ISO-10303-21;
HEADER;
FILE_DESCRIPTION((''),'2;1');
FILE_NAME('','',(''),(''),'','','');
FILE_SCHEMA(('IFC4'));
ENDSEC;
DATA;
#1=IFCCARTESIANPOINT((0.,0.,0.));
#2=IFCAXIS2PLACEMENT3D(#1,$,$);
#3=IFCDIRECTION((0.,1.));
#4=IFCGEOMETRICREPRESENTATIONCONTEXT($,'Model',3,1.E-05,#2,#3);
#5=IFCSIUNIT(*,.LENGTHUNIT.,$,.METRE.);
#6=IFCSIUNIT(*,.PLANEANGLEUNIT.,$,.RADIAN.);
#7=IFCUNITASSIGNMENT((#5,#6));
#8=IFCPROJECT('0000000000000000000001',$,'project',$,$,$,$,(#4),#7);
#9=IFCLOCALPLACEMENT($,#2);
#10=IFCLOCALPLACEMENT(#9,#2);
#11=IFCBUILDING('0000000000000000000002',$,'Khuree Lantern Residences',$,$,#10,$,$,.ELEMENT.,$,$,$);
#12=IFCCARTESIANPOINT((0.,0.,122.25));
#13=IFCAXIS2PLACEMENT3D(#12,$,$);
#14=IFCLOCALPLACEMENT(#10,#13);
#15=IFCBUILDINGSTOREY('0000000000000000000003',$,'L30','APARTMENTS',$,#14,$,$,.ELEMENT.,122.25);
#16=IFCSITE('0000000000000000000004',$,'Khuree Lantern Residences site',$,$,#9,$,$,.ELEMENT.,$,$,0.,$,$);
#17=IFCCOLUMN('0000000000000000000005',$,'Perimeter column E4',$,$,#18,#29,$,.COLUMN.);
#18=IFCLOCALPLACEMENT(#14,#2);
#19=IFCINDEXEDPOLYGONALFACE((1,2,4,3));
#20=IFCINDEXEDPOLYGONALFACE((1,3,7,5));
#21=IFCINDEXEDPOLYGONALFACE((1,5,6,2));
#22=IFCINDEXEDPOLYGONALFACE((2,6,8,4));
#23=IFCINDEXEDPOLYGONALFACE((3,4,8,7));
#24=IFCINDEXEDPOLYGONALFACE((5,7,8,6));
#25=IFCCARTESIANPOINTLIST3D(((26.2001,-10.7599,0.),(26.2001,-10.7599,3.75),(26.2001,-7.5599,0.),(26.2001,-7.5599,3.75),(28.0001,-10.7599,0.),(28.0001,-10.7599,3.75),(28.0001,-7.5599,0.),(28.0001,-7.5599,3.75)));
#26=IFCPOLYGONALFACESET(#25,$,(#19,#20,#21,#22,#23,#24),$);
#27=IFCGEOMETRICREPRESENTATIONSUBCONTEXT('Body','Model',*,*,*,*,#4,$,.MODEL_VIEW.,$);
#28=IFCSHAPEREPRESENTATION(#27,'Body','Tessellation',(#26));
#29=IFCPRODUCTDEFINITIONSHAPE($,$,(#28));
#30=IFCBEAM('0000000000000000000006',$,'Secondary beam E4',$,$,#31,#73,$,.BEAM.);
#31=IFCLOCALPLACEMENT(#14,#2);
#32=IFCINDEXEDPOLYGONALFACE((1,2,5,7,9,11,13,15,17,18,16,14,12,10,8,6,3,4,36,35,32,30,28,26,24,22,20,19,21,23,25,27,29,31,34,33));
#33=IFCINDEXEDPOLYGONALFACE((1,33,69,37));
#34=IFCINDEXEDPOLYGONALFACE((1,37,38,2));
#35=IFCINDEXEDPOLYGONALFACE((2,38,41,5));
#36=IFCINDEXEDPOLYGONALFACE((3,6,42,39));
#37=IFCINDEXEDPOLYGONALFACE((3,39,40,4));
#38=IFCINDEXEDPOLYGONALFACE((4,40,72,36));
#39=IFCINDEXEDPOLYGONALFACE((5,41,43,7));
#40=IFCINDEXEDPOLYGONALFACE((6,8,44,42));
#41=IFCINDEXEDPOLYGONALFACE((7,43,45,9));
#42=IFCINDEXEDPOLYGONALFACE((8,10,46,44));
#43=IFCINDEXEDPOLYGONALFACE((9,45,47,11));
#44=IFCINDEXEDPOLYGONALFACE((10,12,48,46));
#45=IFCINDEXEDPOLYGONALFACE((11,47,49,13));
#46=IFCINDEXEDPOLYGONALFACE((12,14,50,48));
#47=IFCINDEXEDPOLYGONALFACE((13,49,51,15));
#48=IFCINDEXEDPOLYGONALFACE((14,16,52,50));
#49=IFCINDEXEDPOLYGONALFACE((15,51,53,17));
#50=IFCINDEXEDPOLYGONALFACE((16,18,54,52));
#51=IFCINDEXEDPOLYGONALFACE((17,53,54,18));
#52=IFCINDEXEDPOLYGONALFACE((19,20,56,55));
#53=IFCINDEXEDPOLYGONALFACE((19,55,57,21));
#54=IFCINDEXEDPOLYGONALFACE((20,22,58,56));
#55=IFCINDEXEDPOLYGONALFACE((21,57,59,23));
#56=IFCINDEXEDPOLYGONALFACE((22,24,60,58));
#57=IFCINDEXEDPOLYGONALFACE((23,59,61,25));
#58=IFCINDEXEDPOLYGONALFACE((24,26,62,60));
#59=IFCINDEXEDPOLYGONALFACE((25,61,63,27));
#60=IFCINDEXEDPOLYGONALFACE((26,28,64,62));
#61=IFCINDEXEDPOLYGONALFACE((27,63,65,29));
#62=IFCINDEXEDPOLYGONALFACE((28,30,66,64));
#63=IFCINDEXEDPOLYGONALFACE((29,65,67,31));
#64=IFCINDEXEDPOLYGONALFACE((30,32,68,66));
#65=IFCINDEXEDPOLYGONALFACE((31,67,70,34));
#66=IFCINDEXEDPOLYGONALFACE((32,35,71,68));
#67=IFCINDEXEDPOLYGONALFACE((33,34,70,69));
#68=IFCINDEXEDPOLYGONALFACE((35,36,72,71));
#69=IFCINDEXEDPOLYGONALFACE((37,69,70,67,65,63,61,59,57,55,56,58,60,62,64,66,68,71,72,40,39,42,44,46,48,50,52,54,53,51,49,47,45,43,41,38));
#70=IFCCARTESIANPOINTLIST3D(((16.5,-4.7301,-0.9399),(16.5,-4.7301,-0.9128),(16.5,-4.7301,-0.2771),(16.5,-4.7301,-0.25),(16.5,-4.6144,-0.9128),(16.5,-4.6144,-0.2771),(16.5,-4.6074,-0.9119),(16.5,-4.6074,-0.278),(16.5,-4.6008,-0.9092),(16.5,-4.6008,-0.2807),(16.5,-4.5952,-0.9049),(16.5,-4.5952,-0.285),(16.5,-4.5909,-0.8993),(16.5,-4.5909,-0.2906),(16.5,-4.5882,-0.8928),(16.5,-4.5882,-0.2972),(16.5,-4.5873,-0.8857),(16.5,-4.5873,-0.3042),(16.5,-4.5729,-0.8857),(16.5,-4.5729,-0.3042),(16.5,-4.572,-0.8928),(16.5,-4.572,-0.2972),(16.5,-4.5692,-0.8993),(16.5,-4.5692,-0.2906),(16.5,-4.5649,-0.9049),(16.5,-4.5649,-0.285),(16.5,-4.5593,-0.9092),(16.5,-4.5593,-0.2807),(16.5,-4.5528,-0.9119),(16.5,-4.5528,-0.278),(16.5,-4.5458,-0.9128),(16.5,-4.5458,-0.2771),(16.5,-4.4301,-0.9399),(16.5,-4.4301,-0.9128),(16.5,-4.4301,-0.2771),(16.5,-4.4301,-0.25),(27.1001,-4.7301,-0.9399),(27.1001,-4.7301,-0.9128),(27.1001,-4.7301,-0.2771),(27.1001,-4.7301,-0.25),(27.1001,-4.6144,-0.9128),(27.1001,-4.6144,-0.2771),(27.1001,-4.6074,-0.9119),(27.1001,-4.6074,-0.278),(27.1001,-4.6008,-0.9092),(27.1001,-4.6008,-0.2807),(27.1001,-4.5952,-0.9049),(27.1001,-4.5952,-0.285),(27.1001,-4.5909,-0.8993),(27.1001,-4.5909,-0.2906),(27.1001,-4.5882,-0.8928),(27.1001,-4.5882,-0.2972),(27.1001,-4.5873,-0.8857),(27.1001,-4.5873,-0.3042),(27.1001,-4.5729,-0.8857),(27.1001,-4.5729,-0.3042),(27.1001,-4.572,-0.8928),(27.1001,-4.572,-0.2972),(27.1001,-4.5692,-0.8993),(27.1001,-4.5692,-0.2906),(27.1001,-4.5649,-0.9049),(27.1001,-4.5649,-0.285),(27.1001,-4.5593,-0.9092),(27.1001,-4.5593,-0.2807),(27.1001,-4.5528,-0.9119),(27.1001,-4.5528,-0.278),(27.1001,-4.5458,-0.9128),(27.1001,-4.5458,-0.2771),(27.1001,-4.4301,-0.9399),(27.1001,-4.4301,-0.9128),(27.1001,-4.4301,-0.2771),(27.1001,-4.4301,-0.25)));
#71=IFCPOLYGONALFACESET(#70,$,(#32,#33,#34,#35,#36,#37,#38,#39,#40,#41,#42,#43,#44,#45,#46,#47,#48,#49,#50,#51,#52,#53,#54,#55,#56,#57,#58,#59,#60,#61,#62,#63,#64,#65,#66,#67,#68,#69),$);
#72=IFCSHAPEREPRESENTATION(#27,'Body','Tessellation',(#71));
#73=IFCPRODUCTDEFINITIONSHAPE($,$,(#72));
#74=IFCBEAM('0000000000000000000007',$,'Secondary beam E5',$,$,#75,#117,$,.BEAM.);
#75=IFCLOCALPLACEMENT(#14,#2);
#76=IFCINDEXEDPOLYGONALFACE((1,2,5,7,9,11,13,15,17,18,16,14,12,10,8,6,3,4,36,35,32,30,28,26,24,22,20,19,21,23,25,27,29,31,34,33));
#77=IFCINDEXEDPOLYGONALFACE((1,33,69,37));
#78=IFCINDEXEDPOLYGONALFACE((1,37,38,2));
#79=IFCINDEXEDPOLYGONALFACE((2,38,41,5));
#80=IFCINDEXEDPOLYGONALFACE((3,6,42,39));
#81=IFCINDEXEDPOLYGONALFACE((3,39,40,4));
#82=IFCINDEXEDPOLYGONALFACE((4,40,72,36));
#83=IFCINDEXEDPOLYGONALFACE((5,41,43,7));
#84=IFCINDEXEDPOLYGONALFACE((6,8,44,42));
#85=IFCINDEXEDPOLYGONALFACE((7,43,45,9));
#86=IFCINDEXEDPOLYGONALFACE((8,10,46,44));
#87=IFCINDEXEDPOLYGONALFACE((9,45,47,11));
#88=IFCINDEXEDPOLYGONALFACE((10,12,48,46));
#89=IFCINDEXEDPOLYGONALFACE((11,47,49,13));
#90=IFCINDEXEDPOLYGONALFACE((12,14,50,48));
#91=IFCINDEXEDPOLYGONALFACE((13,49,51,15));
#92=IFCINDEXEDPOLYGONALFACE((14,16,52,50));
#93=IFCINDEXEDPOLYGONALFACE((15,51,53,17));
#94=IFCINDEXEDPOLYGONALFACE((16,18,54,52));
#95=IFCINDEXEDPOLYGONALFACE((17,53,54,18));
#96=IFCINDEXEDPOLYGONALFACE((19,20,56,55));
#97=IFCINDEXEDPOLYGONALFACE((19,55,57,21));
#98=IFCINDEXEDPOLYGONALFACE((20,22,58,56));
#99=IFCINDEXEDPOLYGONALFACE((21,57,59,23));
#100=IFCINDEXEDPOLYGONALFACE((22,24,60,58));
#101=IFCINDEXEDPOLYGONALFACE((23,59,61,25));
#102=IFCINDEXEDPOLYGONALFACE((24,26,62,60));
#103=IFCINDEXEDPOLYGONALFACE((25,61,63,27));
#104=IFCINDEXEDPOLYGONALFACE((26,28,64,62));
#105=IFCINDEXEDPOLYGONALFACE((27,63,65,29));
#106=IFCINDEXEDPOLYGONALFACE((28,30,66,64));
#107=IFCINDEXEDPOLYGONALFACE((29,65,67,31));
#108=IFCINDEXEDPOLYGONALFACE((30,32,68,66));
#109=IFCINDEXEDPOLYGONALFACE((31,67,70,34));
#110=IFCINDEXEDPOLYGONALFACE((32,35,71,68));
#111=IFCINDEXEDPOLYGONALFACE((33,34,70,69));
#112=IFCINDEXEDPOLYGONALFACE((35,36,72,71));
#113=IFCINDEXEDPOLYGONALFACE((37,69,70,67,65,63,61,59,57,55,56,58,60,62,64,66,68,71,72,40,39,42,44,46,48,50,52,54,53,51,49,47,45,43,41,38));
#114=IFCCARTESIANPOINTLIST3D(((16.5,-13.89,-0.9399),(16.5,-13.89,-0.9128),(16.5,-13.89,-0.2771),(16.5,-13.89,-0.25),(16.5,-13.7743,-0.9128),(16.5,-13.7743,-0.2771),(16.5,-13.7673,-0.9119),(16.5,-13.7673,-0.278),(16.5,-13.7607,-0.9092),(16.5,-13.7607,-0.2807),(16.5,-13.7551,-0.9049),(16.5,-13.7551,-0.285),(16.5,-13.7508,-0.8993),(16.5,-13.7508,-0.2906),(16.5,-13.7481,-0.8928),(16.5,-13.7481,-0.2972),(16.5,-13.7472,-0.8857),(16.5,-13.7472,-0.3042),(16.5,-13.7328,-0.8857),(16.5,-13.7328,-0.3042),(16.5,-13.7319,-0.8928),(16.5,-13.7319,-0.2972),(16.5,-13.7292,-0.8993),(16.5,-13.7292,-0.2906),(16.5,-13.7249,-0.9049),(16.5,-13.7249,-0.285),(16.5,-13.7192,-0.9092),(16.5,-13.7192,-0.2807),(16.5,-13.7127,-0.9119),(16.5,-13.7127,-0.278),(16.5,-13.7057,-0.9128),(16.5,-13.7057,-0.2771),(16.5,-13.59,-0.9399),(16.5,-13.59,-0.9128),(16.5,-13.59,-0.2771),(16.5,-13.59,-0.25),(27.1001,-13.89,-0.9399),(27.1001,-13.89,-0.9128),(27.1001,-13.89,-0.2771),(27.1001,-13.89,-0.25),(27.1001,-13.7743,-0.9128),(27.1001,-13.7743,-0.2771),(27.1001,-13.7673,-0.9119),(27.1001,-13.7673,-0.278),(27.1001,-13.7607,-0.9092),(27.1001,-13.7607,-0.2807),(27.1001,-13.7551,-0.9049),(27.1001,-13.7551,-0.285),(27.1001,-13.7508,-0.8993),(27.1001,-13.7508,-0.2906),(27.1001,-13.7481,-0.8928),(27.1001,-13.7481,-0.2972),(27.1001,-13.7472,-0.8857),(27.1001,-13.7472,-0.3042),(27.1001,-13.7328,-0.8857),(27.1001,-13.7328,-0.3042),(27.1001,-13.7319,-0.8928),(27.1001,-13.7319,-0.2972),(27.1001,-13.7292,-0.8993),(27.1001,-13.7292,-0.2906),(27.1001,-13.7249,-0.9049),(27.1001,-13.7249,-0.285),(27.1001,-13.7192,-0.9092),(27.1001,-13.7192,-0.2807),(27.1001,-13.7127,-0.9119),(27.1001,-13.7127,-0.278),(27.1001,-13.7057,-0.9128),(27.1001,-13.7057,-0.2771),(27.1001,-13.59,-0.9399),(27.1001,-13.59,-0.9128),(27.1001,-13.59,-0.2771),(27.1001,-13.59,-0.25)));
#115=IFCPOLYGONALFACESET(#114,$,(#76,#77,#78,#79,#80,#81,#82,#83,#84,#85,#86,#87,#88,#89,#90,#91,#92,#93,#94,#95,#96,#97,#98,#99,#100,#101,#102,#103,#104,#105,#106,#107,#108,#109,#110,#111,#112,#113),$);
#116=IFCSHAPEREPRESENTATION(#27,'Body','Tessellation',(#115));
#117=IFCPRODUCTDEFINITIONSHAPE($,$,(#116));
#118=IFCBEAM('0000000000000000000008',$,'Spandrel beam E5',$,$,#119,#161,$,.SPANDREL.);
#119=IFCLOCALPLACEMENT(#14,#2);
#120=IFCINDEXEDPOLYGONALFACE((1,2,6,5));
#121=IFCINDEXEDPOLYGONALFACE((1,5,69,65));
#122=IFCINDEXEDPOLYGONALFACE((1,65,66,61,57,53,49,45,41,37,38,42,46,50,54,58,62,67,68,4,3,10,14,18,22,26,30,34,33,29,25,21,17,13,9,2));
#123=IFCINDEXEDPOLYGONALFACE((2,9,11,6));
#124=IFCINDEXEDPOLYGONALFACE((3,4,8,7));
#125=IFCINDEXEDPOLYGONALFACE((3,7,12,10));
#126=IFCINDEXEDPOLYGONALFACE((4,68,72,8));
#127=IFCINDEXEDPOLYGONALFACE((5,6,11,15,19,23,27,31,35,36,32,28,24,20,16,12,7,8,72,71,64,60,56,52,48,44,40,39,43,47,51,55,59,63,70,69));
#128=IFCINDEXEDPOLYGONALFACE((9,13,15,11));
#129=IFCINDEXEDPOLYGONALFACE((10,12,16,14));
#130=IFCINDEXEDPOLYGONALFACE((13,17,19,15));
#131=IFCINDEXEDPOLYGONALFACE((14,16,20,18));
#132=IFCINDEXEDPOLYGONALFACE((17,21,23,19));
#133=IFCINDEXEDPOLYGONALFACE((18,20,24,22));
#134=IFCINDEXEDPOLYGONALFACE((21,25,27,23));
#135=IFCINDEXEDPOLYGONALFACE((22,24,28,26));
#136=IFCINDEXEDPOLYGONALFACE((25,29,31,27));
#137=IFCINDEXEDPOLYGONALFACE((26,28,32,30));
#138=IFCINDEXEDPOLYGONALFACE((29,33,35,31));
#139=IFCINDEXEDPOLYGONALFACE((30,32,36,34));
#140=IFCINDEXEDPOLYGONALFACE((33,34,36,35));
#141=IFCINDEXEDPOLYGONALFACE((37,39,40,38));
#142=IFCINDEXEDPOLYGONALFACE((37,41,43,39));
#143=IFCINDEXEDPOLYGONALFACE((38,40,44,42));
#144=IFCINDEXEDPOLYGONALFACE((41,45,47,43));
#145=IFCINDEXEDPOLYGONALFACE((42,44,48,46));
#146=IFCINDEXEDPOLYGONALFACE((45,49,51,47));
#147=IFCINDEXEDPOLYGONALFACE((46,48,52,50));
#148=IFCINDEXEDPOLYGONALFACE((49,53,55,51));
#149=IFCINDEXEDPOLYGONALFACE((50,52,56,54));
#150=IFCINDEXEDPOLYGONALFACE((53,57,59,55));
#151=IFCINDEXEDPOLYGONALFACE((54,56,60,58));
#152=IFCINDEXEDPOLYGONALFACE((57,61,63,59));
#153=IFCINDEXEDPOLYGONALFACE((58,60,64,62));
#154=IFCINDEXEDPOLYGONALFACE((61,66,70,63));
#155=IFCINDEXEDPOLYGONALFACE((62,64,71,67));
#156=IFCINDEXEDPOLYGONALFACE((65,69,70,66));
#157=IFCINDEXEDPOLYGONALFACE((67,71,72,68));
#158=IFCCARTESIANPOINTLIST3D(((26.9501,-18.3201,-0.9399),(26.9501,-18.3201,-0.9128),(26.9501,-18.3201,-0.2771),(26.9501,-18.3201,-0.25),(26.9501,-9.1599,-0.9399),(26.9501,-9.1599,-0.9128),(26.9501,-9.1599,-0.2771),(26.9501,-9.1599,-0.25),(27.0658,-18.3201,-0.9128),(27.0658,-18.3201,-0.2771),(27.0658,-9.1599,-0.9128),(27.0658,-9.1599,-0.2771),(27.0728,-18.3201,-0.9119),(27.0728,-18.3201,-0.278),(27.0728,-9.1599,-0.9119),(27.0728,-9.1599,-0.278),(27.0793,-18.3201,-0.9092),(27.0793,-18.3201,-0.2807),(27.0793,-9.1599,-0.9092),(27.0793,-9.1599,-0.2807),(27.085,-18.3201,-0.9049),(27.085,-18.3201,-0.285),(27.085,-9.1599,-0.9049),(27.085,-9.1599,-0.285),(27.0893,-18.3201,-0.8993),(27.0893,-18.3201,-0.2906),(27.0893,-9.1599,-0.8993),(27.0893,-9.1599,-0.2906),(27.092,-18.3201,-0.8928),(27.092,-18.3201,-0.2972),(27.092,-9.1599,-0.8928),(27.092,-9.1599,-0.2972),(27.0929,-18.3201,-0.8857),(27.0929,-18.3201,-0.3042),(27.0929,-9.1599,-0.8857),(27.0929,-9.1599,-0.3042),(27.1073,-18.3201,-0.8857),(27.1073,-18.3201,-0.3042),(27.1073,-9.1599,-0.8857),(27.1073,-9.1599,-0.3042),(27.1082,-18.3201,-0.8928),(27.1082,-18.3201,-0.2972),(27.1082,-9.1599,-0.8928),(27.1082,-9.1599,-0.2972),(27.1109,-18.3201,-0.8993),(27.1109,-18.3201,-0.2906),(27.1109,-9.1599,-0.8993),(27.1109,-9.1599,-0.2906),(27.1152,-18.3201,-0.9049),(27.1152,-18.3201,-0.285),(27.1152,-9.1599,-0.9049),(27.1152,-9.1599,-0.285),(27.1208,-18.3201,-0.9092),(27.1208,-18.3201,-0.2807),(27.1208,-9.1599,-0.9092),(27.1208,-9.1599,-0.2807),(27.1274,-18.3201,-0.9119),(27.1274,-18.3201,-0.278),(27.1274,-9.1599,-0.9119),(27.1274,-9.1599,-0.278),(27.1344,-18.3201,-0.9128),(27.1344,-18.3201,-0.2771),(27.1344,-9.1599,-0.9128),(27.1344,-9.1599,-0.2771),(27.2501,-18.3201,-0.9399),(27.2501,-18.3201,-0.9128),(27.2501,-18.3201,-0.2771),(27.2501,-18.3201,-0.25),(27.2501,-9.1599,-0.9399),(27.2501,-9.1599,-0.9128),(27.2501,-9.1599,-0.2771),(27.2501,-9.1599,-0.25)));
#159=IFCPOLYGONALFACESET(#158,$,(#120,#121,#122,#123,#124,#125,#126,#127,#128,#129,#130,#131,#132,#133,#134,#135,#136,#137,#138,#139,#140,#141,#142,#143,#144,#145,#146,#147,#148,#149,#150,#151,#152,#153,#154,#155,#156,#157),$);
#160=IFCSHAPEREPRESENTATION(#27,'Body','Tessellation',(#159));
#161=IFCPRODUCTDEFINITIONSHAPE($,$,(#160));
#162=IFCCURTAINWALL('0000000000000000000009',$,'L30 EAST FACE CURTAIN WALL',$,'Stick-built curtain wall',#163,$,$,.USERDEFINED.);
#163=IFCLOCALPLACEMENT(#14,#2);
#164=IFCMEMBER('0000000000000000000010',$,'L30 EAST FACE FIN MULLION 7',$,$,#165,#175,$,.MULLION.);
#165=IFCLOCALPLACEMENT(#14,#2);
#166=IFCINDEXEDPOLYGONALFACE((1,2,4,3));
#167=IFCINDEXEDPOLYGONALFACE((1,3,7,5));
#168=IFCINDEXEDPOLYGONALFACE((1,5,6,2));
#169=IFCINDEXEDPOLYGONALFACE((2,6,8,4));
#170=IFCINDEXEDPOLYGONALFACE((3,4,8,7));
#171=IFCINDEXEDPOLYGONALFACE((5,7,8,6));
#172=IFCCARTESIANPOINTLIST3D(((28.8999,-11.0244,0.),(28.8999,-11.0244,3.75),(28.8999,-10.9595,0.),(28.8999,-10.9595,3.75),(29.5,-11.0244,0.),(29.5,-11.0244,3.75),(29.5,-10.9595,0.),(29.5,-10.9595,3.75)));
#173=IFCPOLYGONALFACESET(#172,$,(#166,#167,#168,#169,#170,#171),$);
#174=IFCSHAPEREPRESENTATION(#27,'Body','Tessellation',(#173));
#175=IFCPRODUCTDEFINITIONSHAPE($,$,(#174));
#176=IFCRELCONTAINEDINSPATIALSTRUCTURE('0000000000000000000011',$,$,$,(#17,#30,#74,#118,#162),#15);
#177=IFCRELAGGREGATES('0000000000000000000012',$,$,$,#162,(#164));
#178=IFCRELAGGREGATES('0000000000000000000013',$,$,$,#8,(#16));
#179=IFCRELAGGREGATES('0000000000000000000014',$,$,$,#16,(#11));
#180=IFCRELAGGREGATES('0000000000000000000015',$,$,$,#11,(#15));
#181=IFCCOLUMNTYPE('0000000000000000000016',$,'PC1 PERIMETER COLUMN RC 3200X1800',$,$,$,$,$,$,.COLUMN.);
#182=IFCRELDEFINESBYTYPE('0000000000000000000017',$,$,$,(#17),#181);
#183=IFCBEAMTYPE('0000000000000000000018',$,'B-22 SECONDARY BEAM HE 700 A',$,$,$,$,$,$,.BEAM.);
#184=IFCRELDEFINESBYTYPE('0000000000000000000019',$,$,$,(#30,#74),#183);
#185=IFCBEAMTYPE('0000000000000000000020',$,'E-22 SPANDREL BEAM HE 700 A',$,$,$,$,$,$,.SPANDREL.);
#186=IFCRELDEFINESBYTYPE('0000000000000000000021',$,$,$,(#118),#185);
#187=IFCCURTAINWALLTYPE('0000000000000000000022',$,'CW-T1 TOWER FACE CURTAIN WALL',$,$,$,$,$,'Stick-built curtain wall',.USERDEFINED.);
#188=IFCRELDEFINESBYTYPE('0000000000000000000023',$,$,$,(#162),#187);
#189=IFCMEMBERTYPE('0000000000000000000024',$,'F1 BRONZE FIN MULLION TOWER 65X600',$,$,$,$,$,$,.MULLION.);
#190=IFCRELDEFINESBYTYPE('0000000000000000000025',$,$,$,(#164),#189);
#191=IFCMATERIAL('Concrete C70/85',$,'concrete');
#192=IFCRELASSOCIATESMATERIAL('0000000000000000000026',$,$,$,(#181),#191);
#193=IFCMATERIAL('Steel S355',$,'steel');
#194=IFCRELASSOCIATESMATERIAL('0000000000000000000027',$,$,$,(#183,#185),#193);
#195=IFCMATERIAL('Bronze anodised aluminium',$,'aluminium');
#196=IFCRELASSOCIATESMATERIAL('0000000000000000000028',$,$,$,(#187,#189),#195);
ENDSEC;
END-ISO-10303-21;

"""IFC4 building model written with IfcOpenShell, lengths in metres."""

from ifc_helpers import new_model, si_unit, direction, frame, origin, origin_2d, place, context, subcontext, project, spatial, rectangle, i_section, extrude, material, material_profile, profile_set, type_object, element, aggregate, save


model = new_model("IFC4")

# Units and contexts
model_context = context("Model", 3, precision=1e-05, world=origin(), true_north=direction((0.0, 1.0)))
body_context = subcontext(model_context, "Body", "Model", "MODEL_VIEW")
ifc_project = project(units=[si_unit("LENGTHUNIT", "METRE"), si_unit("PLANEANGLEUNIT", "RADIAN")], contexts=[model_context])

# Site, building, storey
site_placement = place(None, origin())
site = spatial("IfcSite", under=ifc_project, at=site_placement, Name="Khuree Lantern Residences site", CompositionType="ELEMENT", RefElevation=0.0)
building_placement = place(site_placement, origin())
building = spatial("IfcBuilding", under=site, at=building_placement, Name="Khuree Lantern Residences", CompositionType="ELEMENT")
storey_placement = place(building_placement, frame((0.0, 0.0, 122.25)))
storey = spatial("IfcBuildingStorey", under=building, at=storey_placement, Name="L30", Description="APARTMENTS", CompositionType="ELEMENT", Elevation=122.25)

# Column
ifc_material_1 = material(Name="Concrete C70/85", Category="concrete")
ifc_material_profile_1 = material_profile(ifc_material_1, rectangle(XDim=3.2, YDim=1.8, at=origin_2d()), Name="RC 3200X1800")
ifc_profile_set_1 = profile_set([ifc_material_profile_1], Name="Concrete C70/85")
column_type = type_object("IfcColumnType", Name="PC1 PERIMETER COLUMN RC 3200X1800", PredefinedType="COLUMN", material=ifc_profile_set_1)
column_placement = place(storey_placement, frame((27.1001, -9.1599, 0.0), z_axis=(0.0, 0.0, 1.0), x_axis=(0.0, 1.0, 0.0)))
element("IfcColumn", 1, at=column_placement, inside=storey, type_object=column_type, Name="Perimeter column E4", PredefinedType="COLUMN", context=body_context, shape_type="SweptSolid", body=[
    extrude(rectangle(XDim=3.2, YDim=1.8, at=origin_2d()), origin(), (0.0, 0.0, 1.0), 3.75),
])

# Beams
ifc_material_2 = material(Name="Steel S355", Category="steel")
ifc_material_profile_2 = material_profile(ifc_material_2, i_section(OverallWidth=0.3, OverallDepth=0.6899, WebThickness=0.0144, FlangeThickness=0.0271, FilletRadius=0.0271, at=origin_2d()), Name="HE 700 A")
ifc_profile_set_2 = profile_set([ifc_material_profile_2], Name="Steel S355")
beam_type_1 = type_object("IfcBeamType", Name="B-22 SECONDARY BEAM HE 700 A", PredefinedType="BEAM", material=ifc_profile_set_2)
for number, where, z_axis, x_axis, name in (
    (2, (27.1001, -4.5801, -0.595), (-1.0, 0.0, 0.0), (0.0, -1.0, 0.0), "Secondary beam E4"),
    (3, (27.1001, -13.74, -0.595), (-1.0, 0.0, 0.0), (0.0, -1.0, 0.0), "Secondary beam E5"),
):
    element("IfcBeam", number, at=place(storey_placement, frame(where, z_axis=z_axis, x_axis=x_axis)), inside=storey, type_object=beam_type_1, Name=name, PredefinedType="BEAM", context=body_context, shape_type="SweptSolid", body=[
        extrude(i_section(OverallWidth=0.3, OverallDepth=0.6899, WebThickness=0.0144, FlangeThickness=0.0271, FilletRadius=0.0271, at=origin_2d()), origin(), (0.0, 0.0, 1.0), 10.6001),
    ])
ifc_material_profile_3 = material_profile(ifc_material_2, i_section(OverallWidth=0.3, OverallDepth=0.6899, WebThickness=0.0144, FlangeThickness=0.0271, FilletRadius=0.0271, at=origin_2d()), Name="HE 700 A")
ifc_profile_set_3 = profile_set([ifc_material_profile_3], Name="Steel S355")
beam_type_2 = type_object("IfcBeamType", Name="E-22 SPANDREL BEAM HE 700 A", PredefinedType="SPANDREL", material=ifc_profile_set_3)
beam_1_placement = place(storey_placement, frame((27.1001, -9.1599, -0.595), z_axis=(0.0, -1.0, 0.0), x_axis=(1.0, 0.0, 0.0)))
element("IfcBeam", 4, at=beam_1_placement, inside=storey, type_object=beam_type_2, Name="Spandrel beam E5", PredefinedType="SPANDREL", context=body_context, shape_type="SweptSolid", body=[
    extrude(i_section(OverallWidth=0.3, OverallDepth=0.6899, WebThickness=0.0144, FlangeThickness=0.0271, FilletRadius=0.0271, at=origin_2d()), origin(), (0.0, 0.0, 1.0), 9.1602),
])

# Curtain wall, member
ifc_material_3 = material(Name="Bronze anodised aluminium", Category="aluminium")
curtain_wall_type = type_object("IfcCurtainWallType", Name="CW-T1 TOWER FACE CURTAIN WALL", ElementType="Stick-built curtain wall", PredefinedType="USERDEFINED", material=ifc_material_3)
curtain_wall_placement = place(storey_placement, origin())
curtain_wall = element("IfcCurtainWall", 5, at=curtain_wall_placement, inside=storey, type_object=curtain_wall_type, Name="L30 EAST FACE CURTAIN WALL", ObjectType="Stick-built curtain wall", PredefinedType="USERDEFINED")
ifc_material_profile_4 = material_profile(ifc_material_3, rectangle(XDim=0.0649, YDim=0.6001, at=origin_2d()), Name="F1 65X600")
ifc_profile_set_4 = profile_set([ifc_material_profile_4], Name="Bronze anodised aluminium")
member_type_1 = type_object("IfcMemberType", Name="F1 BRONZE FIN MULLION TOWER 65X600", PredefinedType="MULLION", material=ifc_profile_set_4)
member_1_placement = place(storey_placement, frame((29.2, -10.9919, 0.0), z_axis=(0.0, 0.0, 1.0), x_axis=(0.0, 1.0, 0.0)))
member_1 = element("IfcMember", 6, at=member_1_placement, type_object=member_type_1, Name="L30 EAST FACE FIN MULLION 7", PredefinedType="MULLION", context=body_context, shape_type="SweptSolid", body=[
    extrude(rectangle(XDim=0.0649, YDim=0.6001, at=origin_2d()), origin(), (0.0, 0.0, 1.0), 3.75),
])

aggregate(curtain_wall, [member_1])

save(model, "model.ifc")
